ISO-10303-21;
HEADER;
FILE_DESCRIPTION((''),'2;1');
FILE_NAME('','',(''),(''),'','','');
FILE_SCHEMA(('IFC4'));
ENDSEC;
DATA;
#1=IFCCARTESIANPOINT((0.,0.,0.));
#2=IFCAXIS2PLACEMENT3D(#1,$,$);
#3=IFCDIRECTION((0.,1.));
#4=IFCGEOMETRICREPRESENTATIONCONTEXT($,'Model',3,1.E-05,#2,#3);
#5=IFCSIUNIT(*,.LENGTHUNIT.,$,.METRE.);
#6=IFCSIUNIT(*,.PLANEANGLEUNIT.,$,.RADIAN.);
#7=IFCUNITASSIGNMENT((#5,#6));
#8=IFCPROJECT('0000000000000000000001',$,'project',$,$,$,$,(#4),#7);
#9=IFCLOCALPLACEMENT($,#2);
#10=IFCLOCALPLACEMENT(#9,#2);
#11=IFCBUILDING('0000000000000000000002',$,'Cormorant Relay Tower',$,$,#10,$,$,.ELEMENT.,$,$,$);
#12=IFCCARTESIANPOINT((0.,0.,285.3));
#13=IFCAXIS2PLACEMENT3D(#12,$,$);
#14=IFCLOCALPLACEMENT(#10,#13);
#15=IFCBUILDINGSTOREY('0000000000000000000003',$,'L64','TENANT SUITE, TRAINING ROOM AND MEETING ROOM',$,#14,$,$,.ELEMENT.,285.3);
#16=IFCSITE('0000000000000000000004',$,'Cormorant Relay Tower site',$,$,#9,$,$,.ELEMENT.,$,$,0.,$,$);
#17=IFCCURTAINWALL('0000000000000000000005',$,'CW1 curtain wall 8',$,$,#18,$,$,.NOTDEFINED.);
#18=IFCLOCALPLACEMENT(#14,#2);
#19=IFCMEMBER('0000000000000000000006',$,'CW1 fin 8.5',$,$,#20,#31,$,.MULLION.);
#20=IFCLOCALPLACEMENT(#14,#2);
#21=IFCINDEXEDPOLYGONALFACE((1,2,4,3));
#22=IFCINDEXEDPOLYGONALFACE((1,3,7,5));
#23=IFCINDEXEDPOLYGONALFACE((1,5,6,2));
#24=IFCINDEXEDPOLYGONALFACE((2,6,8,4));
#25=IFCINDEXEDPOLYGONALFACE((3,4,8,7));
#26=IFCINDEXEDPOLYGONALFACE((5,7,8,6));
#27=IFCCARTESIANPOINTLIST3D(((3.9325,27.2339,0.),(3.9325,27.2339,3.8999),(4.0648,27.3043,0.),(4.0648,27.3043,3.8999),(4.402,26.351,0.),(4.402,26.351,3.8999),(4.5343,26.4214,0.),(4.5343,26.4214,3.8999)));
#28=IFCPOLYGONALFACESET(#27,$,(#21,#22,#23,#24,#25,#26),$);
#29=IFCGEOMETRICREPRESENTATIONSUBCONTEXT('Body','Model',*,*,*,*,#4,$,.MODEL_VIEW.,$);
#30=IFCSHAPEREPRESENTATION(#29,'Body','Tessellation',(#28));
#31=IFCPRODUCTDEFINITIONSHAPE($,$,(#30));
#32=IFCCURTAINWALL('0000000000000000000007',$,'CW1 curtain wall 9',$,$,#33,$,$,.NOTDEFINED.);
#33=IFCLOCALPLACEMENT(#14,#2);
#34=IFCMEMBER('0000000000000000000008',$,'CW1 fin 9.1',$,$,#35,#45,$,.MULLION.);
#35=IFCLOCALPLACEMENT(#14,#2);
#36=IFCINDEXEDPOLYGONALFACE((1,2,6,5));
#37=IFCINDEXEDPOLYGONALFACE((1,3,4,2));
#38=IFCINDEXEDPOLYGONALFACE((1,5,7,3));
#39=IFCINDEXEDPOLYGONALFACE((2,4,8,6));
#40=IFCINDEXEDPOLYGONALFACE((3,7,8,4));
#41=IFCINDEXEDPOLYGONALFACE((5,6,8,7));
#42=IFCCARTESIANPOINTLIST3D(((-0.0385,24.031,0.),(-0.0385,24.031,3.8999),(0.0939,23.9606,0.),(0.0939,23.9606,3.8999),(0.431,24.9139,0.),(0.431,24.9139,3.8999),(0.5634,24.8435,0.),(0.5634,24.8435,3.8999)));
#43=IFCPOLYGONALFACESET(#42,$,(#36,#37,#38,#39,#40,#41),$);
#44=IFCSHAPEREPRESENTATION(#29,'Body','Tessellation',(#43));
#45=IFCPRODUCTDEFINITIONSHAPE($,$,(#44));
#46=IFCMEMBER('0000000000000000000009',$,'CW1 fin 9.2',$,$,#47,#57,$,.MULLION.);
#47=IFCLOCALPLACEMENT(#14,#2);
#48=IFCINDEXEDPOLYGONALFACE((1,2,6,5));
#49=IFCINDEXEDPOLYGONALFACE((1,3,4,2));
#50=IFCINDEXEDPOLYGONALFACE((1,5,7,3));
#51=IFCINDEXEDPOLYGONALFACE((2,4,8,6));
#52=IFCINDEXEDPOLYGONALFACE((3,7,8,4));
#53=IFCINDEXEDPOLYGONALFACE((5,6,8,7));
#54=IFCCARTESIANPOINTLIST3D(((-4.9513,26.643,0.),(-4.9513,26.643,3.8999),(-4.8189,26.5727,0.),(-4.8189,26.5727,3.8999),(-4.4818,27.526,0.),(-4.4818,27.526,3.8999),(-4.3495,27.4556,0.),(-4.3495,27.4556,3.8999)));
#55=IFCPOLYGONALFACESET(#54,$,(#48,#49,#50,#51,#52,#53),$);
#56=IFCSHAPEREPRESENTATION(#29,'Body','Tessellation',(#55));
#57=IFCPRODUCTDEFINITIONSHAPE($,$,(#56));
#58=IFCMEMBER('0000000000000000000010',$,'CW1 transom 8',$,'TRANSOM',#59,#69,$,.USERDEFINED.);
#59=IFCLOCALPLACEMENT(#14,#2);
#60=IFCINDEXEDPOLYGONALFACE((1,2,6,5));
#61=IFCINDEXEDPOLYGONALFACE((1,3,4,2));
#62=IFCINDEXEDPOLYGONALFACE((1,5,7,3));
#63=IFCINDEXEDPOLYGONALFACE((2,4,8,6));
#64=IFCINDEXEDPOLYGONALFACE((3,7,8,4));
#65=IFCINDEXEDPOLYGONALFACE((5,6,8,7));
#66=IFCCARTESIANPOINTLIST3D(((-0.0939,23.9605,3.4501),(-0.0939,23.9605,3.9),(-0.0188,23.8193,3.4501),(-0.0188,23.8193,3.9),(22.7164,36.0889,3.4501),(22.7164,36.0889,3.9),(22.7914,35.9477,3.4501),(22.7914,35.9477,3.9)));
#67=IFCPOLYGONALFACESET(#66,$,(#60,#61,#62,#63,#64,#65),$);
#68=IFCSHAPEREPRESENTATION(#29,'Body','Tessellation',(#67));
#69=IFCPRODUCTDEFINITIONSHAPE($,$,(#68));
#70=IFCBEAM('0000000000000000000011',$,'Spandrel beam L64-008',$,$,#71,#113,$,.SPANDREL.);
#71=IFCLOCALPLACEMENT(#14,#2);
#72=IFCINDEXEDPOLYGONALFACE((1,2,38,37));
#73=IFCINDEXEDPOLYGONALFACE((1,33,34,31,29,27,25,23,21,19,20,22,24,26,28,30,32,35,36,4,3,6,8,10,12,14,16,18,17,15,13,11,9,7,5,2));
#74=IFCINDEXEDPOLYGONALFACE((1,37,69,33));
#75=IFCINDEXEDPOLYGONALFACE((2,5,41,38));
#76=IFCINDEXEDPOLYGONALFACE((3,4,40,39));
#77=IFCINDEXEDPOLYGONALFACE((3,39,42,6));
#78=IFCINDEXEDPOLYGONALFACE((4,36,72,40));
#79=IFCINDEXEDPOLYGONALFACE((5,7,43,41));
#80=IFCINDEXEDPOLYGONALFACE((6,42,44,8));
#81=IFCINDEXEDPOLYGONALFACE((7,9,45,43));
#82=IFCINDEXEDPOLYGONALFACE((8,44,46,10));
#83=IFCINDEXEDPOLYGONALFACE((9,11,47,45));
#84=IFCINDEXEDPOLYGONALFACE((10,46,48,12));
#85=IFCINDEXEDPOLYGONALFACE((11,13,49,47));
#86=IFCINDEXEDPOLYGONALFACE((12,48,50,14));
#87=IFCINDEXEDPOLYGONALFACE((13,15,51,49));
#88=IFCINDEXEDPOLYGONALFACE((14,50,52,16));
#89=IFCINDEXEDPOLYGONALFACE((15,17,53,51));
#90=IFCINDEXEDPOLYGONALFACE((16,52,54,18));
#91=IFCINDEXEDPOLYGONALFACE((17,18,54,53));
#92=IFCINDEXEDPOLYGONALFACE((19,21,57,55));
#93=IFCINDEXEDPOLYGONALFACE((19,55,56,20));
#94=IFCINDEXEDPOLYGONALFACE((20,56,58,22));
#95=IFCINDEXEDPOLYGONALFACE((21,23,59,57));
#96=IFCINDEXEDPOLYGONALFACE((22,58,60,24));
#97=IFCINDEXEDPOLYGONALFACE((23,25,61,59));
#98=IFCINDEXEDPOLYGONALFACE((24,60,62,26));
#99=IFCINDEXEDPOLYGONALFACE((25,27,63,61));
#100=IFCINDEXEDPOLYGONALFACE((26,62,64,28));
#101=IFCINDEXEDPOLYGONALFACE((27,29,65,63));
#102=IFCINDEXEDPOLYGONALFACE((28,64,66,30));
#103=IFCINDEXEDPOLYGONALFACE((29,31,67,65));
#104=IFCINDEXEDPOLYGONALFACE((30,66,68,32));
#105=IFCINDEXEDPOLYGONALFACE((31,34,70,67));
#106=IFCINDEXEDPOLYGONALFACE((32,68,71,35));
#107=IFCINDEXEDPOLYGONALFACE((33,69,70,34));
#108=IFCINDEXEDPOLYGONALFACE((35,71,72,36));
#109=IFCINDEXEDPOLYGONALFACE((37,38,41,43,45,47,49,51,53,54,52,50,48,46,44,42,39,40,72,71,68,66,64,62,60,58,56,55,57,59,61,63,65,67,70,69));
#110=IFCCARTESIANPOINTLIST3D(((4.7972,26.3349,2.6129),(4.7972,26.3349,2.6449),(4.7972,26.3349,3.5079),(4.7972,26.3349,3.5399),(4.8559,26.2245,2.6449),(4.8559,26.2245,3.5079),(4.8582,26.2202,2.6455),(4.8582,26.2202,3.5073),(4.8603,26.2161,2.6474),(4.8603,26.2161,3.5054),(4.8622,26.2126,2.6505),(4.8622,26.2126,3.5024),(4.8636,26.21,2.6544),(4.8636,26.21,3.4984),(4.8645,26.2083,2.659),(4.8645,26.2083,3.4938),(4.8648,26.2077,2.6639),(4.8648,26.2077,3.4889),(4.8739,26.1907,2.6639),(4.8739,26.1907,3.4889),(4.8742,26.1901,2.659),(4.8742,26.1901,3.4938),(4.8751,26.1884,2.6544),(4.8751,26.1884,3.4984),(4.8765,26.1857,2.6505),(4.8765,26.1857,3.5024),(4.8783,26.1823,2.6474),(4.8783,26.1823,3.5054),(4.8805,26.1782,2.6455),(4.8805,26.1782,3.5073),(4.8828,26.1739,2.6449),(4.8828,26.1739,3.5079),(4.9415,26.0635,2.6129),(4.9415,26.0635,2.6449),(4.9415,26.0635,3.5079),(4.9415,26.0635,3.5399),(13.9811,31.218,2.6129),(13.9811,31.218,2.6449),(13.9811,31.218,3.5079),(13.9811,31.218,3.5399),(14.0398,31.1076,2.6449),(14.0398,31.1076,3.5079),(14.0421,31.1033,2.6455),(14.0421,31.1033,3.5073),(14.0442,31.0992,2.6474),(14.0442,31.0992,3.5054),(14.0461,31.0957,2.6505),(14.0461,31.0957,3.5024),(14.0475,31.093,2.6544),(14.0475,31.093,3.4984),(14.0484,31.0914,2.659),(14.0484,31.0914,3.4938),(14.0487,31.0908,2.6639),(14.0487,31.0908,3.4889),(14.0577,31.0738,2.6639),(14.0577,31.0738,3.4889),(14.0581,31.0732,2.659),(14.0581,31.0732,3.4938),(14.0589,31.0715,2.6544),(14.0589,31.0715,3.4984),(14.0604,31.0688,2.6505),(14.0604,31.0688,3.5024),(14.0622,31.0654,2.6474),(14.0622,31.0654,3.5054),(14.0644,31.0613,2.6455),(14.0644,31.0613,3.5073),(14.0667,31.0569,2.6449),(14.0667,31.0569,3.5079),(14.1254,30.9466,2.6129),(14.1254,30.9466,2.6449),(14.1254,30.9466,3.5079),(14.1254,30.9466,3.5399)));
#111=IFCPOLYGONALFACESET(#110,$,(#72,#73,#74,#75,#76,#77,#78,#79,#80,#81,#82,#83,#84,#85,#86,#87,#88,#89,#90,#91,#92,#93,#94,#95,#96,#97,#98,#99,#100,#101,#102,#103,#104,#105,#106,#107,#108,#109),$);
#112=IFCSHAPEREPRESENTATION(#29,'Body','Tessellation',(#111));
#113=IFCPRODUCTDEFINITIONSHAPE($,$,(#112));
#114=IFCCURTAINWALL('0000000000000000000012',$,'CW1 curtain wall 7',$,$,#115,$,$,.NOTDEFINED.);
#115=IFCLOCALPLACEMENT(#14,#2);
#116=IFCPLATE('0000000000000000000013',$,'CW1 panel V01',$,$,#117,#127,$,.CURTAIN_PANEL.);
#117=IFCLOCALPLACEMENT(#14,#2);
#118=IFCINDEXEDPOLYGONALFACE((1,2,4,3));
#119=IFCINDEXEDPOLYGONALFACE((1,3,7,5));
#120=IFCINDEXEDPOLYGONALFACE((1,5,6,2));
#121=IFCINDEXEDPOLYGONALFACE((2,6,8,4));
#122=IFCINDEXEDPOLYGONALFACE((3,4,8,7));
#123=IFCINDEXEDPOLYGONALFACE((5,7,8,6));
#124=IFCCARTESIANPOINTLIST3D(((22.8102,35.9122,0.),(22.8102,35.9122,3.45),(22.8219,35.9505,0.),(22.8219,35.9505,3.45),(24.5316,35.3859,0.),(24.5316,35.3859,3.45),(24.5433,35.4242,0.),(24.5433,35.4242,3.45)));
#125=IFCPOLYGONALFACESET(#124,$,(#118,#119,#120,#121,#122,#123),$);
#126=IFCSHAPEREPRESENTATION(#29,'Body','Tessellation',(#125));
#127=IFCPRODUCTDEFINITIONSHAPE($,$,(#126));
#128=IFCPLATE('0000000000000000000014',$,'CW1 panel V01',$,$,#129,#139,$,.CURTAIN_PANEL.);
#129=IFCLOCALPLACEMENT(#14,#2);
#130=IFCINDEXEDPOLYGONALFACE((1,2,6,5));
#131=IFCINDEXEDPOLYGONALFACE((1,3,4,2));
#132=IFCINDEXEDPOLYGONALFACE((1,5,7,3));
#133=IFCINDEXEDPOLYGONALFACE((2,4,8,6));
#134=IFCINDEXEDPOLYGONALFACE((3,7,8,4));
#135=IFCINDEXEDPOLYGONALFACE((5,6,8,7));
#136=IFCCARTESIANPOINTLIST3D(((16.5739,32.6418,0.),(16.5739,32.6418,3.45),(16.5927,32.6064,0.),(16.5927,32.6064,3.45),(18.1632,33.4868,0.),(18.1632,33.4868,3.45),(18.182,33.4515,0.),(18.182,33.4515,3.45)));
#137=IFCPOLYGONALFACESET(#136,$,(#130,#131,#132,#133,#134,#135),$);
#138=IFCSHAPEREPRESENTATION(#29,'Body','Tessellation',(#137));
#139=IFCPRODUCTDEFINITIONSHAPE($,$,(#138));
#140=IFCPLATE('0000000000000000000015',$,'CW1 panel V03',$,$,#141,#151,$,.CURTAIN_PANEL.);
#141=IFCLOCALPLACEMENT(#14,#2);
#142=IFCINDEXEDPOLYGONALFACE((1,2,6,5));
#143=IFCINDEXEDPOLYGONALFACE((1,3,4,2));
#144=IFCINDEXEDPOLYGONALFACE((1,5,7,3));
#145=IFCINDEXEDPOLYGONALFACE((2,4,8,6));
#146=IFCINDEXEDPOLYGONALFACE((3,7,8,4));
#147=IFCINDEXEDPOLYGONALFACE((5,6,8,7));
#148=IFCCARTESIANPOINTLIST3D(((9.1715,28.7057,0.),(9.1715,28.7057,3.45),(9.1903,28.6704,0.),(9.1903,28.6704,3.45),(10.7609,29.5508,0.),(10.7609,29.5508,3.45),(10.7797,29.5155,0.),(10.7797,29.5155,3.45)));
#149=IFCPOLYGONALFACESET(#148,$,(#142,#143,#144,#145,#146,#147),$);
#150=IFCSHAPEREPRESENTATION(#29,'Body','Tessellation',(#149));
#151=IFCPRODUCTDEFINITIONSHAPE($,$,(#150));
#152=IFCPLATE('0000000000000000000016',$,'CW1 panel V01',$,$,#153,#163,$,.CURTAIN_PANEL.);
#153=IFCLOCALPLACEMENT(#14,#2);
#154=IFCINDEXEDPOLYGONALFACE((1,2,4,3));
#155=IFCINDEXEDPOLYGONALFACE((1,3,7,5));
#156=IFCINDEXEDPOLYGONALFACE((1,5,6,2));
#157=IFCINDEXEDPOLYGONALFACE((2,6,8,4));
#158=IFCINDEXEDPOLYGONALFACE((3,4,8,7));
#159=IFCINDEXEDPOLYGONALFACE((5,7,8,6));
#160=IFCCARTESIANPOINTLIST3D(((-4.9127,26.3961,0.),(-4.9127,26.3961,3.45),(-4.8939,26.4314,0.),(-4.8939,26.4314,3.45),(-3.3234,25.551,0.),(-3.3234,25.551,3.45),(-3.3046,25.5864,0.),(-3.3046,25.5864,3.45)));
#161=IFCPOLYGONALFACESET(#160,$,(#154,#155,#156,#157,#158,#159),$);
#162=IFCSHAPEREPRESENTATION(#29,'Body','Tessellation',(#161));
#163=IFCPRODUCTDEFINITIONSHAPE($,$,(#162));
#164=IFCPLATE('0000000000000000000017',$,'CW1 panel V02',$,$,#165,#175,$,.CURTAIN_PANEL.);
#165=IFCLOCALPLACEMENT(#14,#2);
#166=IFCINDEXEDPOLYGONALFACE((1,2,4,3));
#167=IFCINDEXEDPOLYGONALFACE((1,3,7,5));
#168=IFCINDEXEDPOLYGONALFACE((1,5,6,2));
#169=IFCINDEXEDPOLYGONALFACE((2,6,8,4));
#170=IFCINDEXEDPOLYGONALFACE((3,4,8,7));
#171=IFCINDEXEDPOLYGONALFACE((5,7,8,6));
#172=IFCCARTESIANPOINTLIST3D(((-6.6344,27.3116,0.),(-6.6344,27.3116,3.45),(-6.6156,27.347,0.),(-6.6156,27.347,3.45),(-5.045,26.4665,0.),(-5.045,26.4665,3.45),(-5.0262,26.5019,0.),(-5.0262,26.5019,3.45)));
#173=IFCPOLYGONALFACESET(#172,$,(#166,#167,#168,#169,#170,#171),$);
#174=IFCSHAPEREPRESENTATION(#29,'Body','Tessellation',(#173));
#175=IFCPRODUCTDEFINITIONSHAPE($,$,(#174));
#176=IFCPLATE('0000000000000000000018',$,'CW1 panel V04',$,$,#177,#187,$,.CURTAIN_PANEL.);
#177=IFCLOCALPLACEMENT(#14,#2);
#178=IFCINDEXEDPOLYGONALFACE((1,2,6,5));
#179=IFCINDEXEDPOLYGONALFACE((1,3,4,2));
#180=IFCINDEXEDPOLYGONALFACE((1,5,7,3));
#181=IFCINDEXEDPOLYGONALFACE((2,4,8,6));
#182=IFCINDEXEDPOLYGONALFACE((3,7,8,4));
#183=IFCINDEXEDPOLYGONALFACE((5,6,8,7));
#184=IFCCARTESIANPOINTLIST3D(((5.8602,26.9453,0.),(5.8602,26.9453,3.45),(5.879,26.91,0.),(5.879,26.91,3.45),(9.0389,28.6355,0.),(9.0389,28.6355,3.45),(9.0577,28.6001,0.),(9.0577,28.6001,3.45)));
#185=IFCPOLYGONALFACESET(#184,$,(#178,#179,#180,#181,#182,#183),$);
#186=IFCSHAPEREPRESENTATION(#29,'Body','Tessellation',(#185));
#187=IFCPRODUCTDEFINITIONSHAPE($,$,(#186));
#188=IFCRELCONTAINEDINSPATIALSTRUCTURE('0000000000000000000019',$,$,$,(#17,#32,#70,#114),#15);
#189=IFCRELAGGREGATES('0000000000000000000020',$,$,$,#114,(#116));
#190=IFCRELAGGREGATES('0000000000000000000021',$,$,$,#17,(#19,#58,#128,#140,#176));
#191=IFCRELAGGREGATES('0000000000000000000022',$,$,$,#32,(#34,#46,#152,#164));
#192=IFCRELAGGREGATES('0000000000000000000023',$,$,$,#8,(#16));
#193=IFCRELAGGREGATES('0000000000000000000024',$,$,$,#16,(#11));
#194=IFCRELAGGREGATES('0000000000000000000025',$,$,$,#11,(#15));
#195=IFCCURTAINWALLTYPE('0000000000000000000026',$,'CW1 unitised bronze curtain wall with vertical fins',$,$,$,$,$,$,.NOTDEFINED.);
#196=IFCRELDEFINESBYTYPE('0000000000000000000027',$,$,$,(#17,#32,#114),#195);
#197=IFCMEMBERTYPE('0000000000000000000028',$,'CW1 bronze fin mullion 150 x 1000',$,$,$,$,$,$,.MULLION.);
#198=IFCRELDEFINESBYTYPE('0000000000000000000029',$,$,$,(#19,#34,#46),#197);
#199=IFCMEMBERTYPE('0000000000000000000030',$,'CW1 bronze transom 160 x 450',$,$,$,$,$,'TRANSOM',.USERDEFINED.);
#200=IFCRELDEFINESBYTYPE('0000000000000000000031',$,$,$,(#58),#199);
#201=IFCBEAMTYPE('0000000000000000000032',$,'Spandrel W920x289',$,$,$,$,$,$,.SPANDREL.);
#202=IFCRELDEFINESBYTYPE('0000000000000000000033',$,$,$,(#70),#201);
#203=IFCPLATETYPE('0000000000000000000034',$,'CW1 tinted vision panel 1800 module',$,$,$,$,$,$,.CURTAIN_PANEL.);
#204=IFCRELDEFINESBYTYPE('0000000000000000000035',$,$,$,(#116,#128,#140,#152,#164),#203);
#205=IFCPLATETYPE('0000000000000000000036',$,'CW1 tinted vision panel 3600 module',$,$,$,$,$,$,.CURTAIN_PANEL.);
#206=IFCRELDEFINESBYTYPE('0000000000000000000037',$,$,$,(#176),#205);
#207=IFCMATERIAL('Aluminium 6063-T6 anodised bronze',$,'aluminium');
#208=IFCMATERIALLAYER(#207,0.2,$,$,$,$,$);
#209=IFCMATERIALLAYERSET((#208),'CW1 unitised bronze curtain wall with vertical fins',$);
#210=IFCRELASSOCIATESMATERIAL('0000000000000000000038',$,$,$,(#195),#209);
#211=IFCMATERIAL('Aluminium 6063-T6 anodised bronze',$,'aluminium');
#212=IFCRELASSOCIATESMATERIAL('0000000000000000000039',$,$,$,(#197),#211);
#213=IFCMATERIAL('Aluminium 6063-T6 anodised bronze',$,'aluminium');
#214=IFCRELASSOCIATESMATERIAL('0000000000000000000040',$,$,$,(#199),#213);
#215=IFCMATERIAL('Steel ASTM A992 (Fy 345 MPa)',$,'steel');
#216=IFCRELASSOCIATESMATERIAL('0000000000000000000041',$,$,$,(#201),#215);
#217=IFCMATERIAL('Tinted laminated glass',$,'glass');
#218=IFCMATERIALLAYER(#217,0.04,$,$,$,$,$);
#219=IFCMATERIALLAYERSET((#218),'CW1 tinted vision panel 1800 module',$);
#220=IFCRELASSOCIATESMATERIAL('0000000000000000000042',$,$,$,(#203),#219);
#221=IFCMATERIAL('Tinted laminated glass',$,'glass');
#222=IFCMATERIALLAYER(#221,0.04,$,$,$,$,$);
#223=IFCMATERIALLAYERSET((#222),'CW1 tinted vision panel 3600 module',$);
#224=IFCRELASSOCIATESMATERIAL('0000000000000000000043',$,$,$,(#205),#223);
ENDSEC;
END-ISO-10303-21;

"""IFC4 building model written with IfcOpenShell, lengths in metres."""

from ifc_helpers import new_model, si_unit, direction, frame, origin, origin_2d, place, context, subcontext, project, spatial, rectangle, i_section, extrude, material, layer, layer_set, material_profile, profile_set, type_object, element, aggregate, save


model = new_model("IFC4")

# Units and contexts
model_context = context("Model", 3, precision=1e-05, world=origin(), true_north=direction((0.0, 1.0)))
body_context = subcontext(model_context, "Body", "Model", "MODEL_VIEW")
ifc_project = project(units=[si_unit("LENGTHUNIT", "METRE"), si_unit("PLANEANGLEUNIT", "RADIAN")], contexts=[model_context])

# Site, building, storey
site_placement = place(None, origin())
site = spatial("IfcSite", under=ifc_project, at=site_placement, Name="Cormorant Relay Tower site", CompositionType="ELEMENT", RefElevation=0.0)
building_placement = place(site_placement, origin())
building = spatial("IfcBuilding", under=site, at=building_placement, Name="Cormorant Relay Tower", CompositionType="ELEMENT")
storey_placement = place(building_placement, frame((0.0, 0.0, 285.3)))
storey = spatial("IfcBuildingStorey", under=building, at=storey_placement, Name="L64", Description="TENANT SUITE, TRAINING ROOM AND MEETING ROOM", CompositionType="ELEMENT", Elevation=285.3)

# Curtain walls, members
ifc_material_1 = material(Name="Aluminium 6063-T6 anodised bronze", Category="aluminium")
ifc_layer_1 = layer(ifc_material_1, 0.2)
ifc_layer_set_1 = layer_set([ifc_layer_1], Name="CW1 unitised bronze curtain wall with vertical fins")
curtain_wall_type = type_object("IfcCurtainWallType", Name="CW1 unitised bronze curtain wall with vertical fins", PredefinedType="NOTDEFINED", material=ifc_layer_set_1)
curtain_wall_1_placement = place(storey_placement, origin())
curtain_wall_1 = element("IfcCurtainWall", 1, at=curtain_wall_1_placement, inside=storey, type_object=curtain_wall_type, Name="CW1 curtain wall 8", PredefinedType="NOTDEFINED")
ifc_material_2 = material(Name="Aluminium 6063-T6 anodised bronze", Category="aluminium")
ifc_material_profile_1 = material_profile(ifc_material_2, rectangle(XDim=0.1499, YDim=1.0, at=origin_2d()), Name="AL 150x1000")
ifc_profile_set_1 = profile_set([ifc_material_profile_1], Name="Aluminium 6063-T6 anodised bronze")
member_type_1 = type_object("IfcMemberType", Name="CW1 bronze fin mullion 150 x 1000", PredefinedType="MULLION", material=ifc_profile_set_1)
member_1_placement = place(storey_placement, frame((4.2334, 26.8276, 0.0), z_axis=(0.0, 0.0, 1.0), x_axis=(-0.882948, -0.469472, 0.0)))
member_1 = element("IfcMember", 2, at=member_1_placement, type_object=member_type_1, Name="CW1 fin 8.5", PredefinedType="MULLION", context=body_context, shape_type="SweptSolid", body=[
    extrude(rectangle(XDim=0.1499, YDim=1.0, at=origin_2d()), origin(), (0.0, 0.0, 1.0), 3.8999),
])
curtain_wall_2_placement = place(storey_placement, origin())
curtain_wall_2 = element("IfcCurtainWall", 3, at=curtain_wall_2_placement, inside=storey, type_object=curtain_wall_type, Name="CW1 curtain wall 9", PredefinedType="NOTDEFINED")
member_2_placement = place(storey_placement, frame((0.2625, 24.4373, 0.0), z_axis=(0.0, 0.0, 1.0), x_axis=(-0.882948, 0.469472, 0.0)))
member_2 = element("IfcMember", 4, at=member_2_placement, type_object=member_type_1, Name="CW1 fin 9.1", PredefinedType="MULLION", context=body_context, shape_type="SweptSolid", body=[
    extrude(rectangle(XDim=0.1499, YDim=1.0, at=origin_2d()), origin(), (0.0, 0.0, 1.0), 3.8999),
])
member_3_placement = place(storey_placement, frame((-4.6504, 27.0493, 0.0), z_axis=(0.0, 0.0, 1.0), x_axis=(-0.882948, 0.469472, 0.0)))
member_3 = element("IfcMember", 5, at=member_3_placement, type_object=member_type_1, Name="CW1 fin 9.2", PredefinedType="MULLION", context=body_context, shape_type="SweptSolid", body=[
    extrude(rectangle(XDim=0.1499, YDim=1.0, at=origin_2d()), origin(), (0.0, 0.0, 1.0), 3.8999),
])

# Member
ifc_material_3 = material(Name="Aluminium 6063-T6 anodised bronze", Category="aluminium")
ifc_material_profile_2 = material_profile(ifc_material_3, rectangle(XDim=0.1599, YDim=0.45, at=origin_2d()), Name="AL 160x450")
ifc_profile_set_2 = profile_set([ifc_material_profile_2], Name="Aluminium 6063-T6 anodised bronze")
member_type_2 = type_object("IfcMemberType", Name="CW1 bronze transom 160 x 450", ElementType="TRANSOM", PredefinedType="USERDEFINED", material=ifc_profile_set_2)
member_4_placement = place(storey_placement, frame((22.7539, 36.0183, 3.675), z_axis=(-0.882948, -0.469471, 0.0), x_axis=(0.469471, -0.882948, 0.0)))
member_4 = element("IfcMember", 6, at=member_4_placement, type_object=member_type_2, Name="CW1 transom 8", ObjectType="TRANSOM", PredefinedType="USERDEFINED", context=body_context, shape_type="SweptSolid", body=[
    extrude(rectangle(XDim=0.1599, YDim=0.45, at=origin_2d()), origin(), (0.0, 0.0, 1.0), 25.8342),
])

# Beam
ifc_material_4 = material(Name="Steel ASTM A992 (Fy 345 MPa)", Category="steel")
ifc_material_profile_3 = material_profile(ifc_material_4, i_section(OverallWidth=0.3074, OverallDepth=0.927, WebThickness=0.0193, FlangeThickness=0.032, FilletRadius=0.019, at=origin_2d()), Name="W920x289")
ifc_profile_set_3 = profile_set([ifc_material_profile_3], Name="Steel ASTM A992 (Fy 345 MPa)")
beam_type = type_object("IfcBeamType", Name="Spandrel W920x289", PredefinedType="SPANDREL", material=ifc_profile_set_3)
beam_placement = place(storey_placement, frame((14.0532, 31.0823, 3.0764), z_axis=(-0.882951, -0.469466, 0.0), x_axis=(0.469466, -0.882951, 0.0)))
element("IfcBeam", 7, at=beam_placement, inside=storey, type_object=beam_type, Name="Spandrel beam L64-008", PredefinedType="SPANDREL", context=body_context, shape_type="SweptSolid", body=[
    extrude(i_section(OverallWidth=0.3074, OverallDepth=0.927, WebThickness=0.0193, FlangeThickness=0.032, FilletRadius=0.019, at=origin_2d()), origin(), (0.0, 0.0, 1.0), 10.4014),
])

# Curtain wall, plate
curtain_wall_3_placement = place(storey_placement, origin())
curtain_wall_3 = element("IfcCurtainWall", 8, at=curtain_wall_3_placement, inside=storey, type_object=curtain_wall_type, Name="CW1 curtain wall 7", PredefinedType="NOTDEFINED")
ifc_material_5 = material(Name="Tinted laminated glass", Category="glass")
ifc_layer_2 = layer(ifc_material_5, 0.04)
ifc_layer_set_2 = layer_set([ifc_layer_2], Name="CW1 tinted vision panel 1800 module")
plate_type_1 = type_object("IfcPlateType", Name="CW1 tinted vision panel 1800 module", PredefinedType="CURTAIN_PANEL", material=ifc_layer_set_2)
plate_1_placement = place(storey_placement, frame((23.6768, 35.6682, 0.0), z_axis=(0.0, 0.0, 1.0), x_axis=(-0.956305, 0.292372, 0.0)))
plate_1 = element("IfcPlate", 9, at=plate_1_placement, type_object=plate_type_1, Name="CW1 panel V01", PredefinedType="CURTAIN_PANEL", context=body_context, shape_type="SweptSolid", body=[
    extrude(rectangle(XDim=1.8, YDim=0.04, at=origin_2d()), origin(), (0.0, 0.0, 1.0), 3.45),
])
aggregate(curtain_wall_3, [plate_1])

# Plates
plate_2_placement = place(storey_placement, frame((17.3779, 33.0466, 0.0), z_axis=(0.0, 0.0, 1.0), x_axis=(-0.882948, -0.469472, 0.0)))
plate_2 = element("IfcPlate", 10, at=plate_2_placement, type_object=plate_type_1, Name="CW1 panel V01", PredefinedType="CURTAIN_PANEL", context=body_context, shape_type="SweptSolid", body=[
    extrude(rectangle(XDim=1.8, YDim=0.04, at=origin_2d()), origin(), (0.0, 0.0, 1.0), 3.45),
])
plate_3_placement = place(storey_placement, frame((9.9756, 29.1106, 0.0), z_axis=(0.0, 0.0, 1.0), x_axis=(-0.882948, -0.469472, 0.0)))
plate_3 = element("IfcPlate", 11, at=plate_3_placement, type_object=plate_type_1, Name="CW1 panel V03", PredefinedType="CURTAIN_PANEL", context=body_context, shape_type="SweptSolid", body=[
    extrude(rectangle(XDim=1.8, YDim=0.04, at=origin_2d()), origin(), (0.0, 0.0, 1.0), 3.45),
])
plate_4_placement = place(storey_placement, frame((-4.1086, 25.9912, 0.0), z_axis=(0.0, 0.0, 1.0), x_axis=(-0.882948, 0.469472, 0.0)))
plate_4 = element("IfcPlate", 12, at=plate_4_placement, type_object=plate_type_1, Name="CW1 panel V01", PredefinedType="CURTAIN_PANEL", context=body_context, shape_type="SweptSolid", body=[
    extrude(rectangle(XDim=1.8, YDim=0.04, at=origin_2d()), origin(), (0.0, 0.0, 1.0), 3.45),
])
plate_5_placement = place(storey_placement, frame((-5.8303, 26.9067, 0.0), z_axis=(0.0, 0.0, 1.0), x_axis=(-0.882948, 0.469472, 0.0)))
plate_5 = element("IfcPlate", 13, at=plate_5_placement, type_object=plate_type_1, Name="CW1 panel V02", PredefinedType="CURTAIN_PANEL", context=body_context, shape_type="SweptSolid", body=[
    extrude(rectangle(XDim=1.8, YDim=0.04, at=origin_2d()), origin(), (0.0, 0.0, 1.0), 3.45),
])
ifc_material_6 = material(Name="Tinted laminated glass", Category="glass")
ifc_layer_3 = layer(ifc_material_6, 0.04)
ifc_layer_set_3 = layer_set([ifc_layer_3], Name="CW1 tinted vision panel 3600 module")
plate_type_2 = type_object("IfcPlateType", Name="CW1 tinted vision panel 3600 module", PredefinedType="CURTAIN_PANEL", material=ifc_layer_set_3)
plate_6_placement = place(storey_placement, frame((7.459, 27.7727, 0.0), z_axis=(0.0, 0.0, 1.0), x_axis=(-0.882948, -0.469472, 0.0)))
plate_6 = element("IfcPlate", 14, at=plate_6_placement, type_object=plate_type_2, Name="CW1 panel V04", PredefinedType="CURTAIN_PANEL", context=body_context, shape_type="SweptSolid", body=[
    extrude(rectangle(XDim=3.6001, YDim=0.04, at=origin_2d()), origin(), (0.0, 0.0, 1.0), 3.45),
])

aggregate(curtain_wall_1, [member_1, member_4, plate_2, plate_3, plate_6])
aggregate(curtain_wall_2, [member_2, member_3, plate_4, plate_5])

save(model, "model.ifc")
